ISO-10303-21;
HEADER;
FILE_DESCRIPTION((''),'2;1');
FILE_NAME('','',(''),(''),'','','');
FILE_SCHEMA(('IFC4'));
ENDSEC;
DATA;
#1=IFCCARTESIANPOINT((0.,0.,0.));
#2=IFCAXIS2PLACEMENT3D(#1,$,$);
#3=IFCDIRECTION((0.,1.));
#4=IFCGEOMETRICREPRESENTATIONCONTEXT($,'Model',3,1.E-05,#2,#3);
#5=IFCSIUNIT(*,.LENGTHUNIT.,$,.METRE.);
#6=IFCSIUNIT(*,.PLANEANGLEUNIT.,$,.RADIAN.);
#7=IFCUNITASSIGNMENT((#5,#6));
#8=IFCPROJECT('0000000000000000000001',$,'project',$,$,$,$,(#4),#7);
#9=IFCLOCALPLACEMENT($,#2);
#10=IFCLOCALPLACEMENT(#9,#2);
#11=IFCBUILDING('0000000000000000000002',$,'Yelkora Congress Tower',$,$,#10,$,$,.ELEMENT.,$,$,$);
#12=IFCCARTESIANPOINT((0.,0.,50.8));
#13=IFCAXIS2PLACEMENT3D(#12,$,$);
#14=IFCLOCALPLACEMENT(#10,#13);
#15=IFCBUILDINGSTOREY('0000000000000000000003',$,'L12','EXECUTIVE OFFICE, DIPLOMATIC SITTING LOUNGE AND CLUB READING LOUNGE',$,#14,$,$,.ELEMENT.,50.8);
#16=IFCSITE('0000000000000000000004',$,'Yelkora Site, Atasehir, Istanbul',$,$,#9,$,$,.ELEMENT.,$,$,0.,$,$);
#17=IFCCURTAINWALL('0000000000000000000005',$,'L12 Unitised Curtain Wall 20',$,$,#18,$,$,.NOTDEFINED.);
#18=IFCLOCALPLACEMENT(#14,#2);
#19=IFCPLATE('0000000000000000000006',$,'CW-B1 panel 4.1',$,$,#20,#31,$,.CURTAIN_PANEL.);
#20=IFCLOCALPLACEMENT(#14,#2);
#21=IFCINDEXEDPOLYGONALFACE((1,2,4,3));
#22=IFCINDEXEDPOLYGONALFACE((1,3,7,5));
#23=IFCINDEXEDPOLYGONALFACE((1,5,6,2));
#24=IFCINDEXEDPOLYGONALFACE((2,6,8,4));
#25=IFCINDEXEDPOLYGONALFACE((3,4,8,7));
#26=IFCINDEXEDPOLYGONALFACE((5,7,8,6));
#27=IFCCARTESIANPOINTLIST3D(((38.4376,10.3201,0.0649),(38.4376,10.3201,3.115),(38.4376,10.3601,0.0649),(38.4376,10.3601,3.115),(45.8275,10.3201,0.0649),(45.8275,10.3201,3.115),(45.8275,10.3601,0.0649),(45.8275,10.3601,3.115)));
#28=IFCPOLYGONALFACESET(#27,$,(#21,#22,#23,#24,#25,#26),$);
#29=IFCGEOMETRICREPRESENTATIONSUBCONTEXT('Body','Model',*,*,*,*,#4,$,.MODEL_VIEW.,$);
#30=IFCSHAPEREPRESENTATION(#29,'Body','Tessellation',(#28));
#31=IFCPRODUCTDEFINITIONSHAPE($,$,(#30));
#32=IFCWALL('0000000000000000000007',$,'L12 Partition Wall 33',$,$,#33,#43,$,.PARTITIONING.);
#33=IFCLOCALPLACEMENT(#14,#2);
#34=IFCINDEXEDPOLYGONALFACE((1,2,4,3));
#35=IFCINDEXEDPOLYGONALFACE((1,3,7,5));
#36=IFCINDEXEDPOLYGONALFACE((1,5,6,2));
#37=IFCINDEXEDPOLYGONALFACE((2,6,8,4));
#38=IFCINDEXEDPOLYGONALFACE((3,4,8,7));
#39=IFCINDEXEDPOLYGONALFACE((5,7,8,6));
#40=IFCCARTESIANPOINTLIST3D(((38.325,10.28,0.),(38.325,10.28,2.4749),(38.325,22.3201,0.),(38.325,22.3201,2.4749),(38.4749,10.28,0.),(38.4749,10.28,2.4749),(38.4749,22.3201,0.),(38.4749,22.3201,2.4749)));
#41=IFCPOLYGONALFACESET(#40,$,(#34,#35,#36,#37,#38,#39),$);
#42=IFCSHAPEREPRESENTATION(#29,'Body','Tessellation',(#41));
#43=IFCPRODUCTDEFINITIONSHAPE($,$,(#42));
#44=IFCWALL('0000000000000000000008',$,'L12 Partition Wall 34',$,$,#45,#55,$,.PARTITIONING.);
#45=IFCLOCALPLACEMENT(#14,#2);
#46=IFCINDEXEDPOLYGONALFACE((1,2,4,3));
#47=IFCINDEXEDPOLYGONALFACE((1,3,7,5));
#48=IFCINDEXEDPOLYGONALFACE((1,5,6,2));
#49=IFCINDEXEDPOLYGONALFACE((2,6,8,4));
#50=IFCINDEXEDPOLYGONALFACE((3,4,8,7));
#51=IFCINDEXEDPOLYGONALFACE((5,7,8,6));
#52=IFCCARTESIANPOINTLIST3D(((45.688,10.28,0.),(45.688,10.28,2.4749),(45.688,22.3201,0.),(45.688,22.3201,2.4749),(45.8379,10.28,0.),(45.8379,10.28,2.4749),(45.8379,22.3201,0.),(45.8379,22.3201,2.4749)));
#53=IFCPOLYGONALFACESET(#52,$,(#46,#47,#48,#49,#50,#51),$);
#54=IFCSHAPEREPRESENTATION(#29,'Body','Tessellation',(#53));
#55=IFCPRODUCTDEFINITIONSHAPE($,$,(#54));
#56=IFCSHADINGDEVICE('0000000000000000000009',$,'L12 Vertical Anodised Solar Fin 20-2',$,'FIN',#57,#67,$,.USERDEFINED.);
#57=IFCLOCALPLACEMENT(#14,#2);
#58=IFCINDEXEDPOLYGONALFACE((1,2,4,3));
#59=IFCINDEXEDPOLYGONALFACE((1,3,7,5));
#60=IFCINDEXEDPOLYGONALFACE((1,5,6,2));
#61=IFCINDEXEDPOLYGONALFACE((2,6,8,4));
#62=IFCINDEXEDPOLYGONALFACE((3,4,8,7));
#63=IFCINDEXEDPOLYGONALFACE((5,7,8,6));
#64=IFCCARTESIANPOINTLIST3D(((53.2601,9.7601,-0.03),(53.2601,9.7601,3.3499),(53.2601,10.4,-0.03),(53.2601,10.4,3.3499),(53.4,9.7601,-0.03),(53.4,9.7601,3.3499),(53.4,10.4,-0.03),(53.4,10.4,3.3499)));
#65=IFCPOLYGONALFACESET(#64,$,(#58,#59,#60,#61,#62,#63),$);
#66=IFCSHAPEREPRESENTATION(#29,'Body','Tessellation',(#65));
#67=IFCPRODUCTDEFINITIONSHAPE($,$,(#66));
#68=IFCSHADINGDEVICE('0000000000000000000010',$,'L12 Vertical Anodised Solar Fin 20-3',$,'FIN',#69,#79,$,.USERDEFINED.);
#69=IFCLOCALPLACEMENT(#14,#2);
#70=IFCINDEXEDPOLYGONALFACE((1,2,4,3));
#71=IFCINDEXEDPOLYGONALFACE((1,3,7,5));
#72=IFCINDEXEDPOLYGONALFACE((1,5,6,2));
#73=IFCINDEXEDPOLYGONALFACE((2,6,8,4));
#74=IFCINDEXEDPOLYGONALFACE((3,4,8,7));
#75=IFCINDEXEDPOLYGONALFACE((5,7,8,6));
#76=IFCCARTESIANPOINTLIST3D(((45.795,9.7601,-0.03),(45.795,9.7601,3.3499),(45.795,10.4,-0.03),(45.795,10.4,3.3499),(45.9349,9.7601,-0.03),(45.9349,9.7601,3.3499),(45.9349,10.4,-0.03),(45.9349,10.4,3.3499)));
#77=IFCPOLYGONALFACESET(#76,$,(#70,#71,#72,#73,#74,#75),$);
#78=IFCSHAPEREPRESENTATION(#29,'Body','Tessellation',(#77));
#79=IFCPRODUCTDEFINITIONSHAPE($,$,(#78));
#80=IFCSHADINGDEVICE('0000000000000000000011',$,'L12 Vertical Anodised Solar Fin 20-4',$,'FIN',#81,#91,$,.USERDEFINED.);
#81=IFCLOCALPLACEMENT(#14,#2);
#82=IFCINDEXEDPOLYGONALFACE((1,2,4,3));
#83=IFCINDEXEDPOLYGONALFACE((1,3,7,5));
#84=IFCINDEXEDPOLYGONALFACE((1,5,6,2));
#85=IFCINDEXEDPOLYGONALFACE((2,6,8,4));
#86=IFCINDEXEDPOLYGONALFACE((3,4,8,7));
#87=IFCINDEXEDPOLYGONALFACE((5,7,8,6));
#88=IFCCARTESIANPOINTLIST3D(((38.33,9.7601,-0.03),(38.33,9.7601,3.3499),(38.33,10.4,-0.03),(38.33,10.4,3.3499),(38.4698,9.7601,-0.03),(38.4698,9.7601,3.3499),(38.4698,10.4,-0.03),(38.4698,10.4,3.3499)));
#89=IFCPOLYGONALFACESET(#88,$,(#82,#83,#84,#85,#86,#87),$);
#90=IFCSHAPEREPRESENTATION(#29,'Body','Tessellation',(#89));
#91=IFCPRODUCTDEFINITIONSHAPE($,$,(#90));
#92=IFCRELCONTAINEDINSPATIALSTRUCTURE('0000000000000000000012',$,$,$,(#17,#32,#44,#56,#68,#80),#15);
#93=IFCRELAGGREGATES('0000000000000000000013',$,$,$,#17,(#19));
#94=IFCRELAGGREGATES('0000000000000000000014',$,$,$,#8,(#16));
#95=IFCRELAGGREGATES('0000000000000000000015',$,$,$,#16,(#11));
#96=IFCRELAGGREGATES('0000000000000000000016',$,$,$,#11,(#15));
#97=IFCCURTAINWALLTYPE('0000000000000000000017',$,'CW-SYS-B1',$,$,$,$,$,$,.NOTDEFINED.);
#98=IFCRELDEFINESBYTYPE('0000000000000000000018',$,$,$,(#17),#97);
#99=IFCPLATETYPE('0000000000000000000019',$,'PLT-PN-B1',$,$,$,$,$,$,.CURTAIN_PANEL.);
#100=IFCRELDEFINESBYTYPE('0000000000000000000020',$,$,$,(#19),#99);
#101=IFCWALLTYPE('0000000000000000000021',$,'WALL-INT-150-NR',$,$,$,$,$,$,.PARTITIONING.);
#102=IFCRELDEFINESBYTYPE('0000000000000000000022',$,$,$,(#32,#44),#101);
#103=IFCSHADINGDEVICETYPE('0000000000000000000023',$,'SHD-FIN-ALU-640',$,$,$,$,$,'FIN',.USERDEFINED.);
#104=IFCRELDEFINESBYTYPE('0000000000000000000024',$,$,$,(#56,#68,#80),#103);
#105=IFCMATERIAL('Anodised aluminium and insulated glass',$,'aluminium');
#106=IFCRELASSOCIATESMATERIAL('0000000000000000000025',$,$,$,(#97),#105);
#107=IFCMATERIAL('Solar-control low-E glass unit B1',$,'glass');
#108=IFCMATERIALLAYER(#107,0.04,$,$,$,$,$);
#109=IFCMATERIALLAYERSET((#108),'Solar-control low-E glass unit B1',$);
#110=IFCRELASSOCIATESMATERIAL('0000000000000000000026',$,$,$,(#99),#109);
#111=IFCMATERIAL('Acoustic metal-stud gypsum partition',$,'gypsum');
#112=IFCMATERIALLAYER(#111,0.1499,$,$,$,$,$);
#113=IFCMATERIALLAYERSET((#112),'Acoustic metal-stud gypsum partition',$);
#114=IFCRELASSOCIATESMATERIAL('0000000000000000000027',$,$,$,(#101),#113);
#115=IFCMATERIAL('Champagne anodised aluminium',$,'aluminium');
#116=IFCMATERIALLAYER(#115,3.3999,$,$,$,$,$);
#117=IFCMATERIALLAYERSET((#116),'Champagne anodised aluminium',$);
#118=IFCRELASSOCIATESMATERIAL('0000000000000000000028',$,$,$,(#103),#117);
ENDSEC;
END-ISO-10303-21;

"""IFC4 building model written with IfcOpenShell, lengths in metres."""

from ifc_helpers import new_model, si_unit, direction, frame, frame_2d, origin, origin_2d, place, context, subcontext, project, spatial, rectangle, extrude, material, layer, layer_set, type_object, element, aggregate, save


model = new_model("IFC4")

# Units and contexts
model_context = context("Model", 3, precision=1e-05, world=origin(), true_north=direction((0.0, 1.0)))
body_context = subcontext(model_context, "Body", "Model", "MODEL_VIEW")
ifc_project = project(units=[si_unit("LENGTHUNIT", "METRE"), si_unit("PLANEANGLEUNIT", "RADIAN")], contexts=[model_context])

# Site, building, storey
site_placement = place(None, origin())
site = spatial("IfcSite", under=ifc_project, at=site_placement, Name="Yelkora Site, Atasehir, Istanbul", CompositionType="ELEMENT", RefElevation=0.0)
building_placement = place(site_placement, origin())
building = spatial("IfcBuilding", under=site, at=building_placement, Name="Yelkora Congress Tower", CompositionType="ELEMENT")
storey_placement = place(building_placement, frame((0.0, 0.0, 50.8)))
storey = spatial("IfcBuildingStorey", under=building, at=storey_placement, Name="L12", Description="EXECUTIVE OFFICE, DIPLOMATIC SITTING LOUNGE AND CLUB READING LOUNGE", CompositionType="ELEMENT", Elevation=50.8)

# Curtain wall, plate
ifc_material_1 = material(Name="Anodised aluminium and insulated glass", Category="aluminium")
curtain_wall_type = type_object("IfcCurtainWallType", Name="CW-SYS-B1", PredefinedType="NOTDEFINED", material=ifc_material_1)
curtain_wall_placement = place(storey_placement, origin())
curtain_wall = element("IfcCurtainWall", 1, at=curtain_wall_placement, inside=storey, type_object=curtain_wall_type, Name="L12 Unitised Curtain Wall 20", PredefinedType="NOTDEFINED")
ifc_material_2 = material(Name="Solar-control low-E glass unit B1", Category="glass")
ifc_layer_1 = layer(ifc_material_2, 0.04)
ifc_layer_set_1 = layer_set([ifc_layer_1], Name="Solar-control low-E glass unit B1")
plate_type = type_object("IfcPlateType", Name="PLT-PN-B1", PredefinedType="CURTAIN_PANEL", material=ifc_layer_set_1)
plate_1_placement = place(storey_placement, frame((42.1326, 10.3401, 0.0649), z_axis=(0.0, 0.0, 1.0), x_axis=(-1.0, 0.0, 0.0)))
plate_1 = element("IfcPlate", 2, at=plate_1_placement, type_object=plate_type, Name="CW-B1 panel 4.1", PredefinedType="CURTAIN_PANEL", context=body_context, shape_type="SweptSolid", body=[
    extrude(rectangle(XDim=7.3899, YDim=0.04, at=origin_2d()), origin(), (0.0, 0.0, 1.0), 3.05),
])
aggregate(curtain_wall, [plate_1])

# Walls
ifc_material_3 = material(Name="Acoustic metal-stud gypsum partition", Category="gypsum")
ifc_layer_2 = layer(ifc_material_3, 0.1499)
ifc_layer_set_2 = layer_set([ifc_layer_2], Name="Acoustic metal-stud gypsum partition")
wall_type = type_object("IfcWallType", Name="WALL-INT-150-NR", PredefinedType="PARTITIONING", material=ifc_layer_set_2)
for number, where, z_axis, x_axis, name in (
    (3, (38.3999, 10.28, 0.0), (0.0, 0.0, 1.0), (0.0, 1.0, 0.0), "L12 Partition Wall 33"),
    (4, (45.7629, 10.28, 0.0), (0.0, 0.0, 1.0), (0.0, 1.0, 0.0), "L12 Partition Wall 34"),
):
    element("IfcWall", number, at=place(storey_placement, frame(where, z_axis=z_axis, x_axis=x_axis)), inside=storey, type_object=wall_type, Name=name, PredefinedType="PARTITIONING", context=body_context, shape_type="SweptSolid", body=[
        extrude(rectangle(XDim=12.04, YDim=0.1499, at=frame_2d((6.02, 0.0))), origin(), (0.0, 0.0, 1.0), 2.4749),
    ])

# Shading devices
ifc_material_4 = material(Name="Champagne anodised aluminium", Category="aluminium")
ifc_layer_3 = layer(ifc_material_4, 3.3999)
ifc_layer_set_3 = layer_set([ifc_layer_3], Name="Champagne anodised aluminium")
shading_device_type = type_object("IfcShadingDeviceType", Name="SHD-FIN-ALU-640", ElementType="FIN", PredefinedType="USERDEFINED", material=ifc_layer_set_3)
for number, where, z_axis, x_axis, name in (
    (5, (53.3301, 10.0801, -0.03), (0.0, 0.0, 1.0), (-1.0, 0.0, 0.0), "L12 Vertical Anodised Solar Fin 20-2"),
    (6, (45.865, 10.0801, -0.03), (0.0, 0.0, 1.0), (-1.0, 0.0, 0.0), "L12 Vertical Anodised Solar Fin 20-3"),
    (7, (38.3999, 10.0801, -0.03), (0.0, 0.0, 1.0), (-1.0, 0.0, 0.0), "L12 Vertical Anodised Solar Fin 20-4"),
):
    element("IfcShadingDevice", number, at=place(storey_placement, frame(where, z_axis=z_axis, x_axis=x_axis)), inside=storey, type_object=shading_device_type, Name=name, ObjectType="FIN", PredefinedType="USERDEFINED", context=body_context, shape_type="SweptSolid", body=[
        extrude(rectangle(XDim=0.1399, YDim=0.6399, at=origin_2d()), origin(), (0.0, 0.0, 1.0), 3.3799),
    ])

save(model, "model.ifc")
